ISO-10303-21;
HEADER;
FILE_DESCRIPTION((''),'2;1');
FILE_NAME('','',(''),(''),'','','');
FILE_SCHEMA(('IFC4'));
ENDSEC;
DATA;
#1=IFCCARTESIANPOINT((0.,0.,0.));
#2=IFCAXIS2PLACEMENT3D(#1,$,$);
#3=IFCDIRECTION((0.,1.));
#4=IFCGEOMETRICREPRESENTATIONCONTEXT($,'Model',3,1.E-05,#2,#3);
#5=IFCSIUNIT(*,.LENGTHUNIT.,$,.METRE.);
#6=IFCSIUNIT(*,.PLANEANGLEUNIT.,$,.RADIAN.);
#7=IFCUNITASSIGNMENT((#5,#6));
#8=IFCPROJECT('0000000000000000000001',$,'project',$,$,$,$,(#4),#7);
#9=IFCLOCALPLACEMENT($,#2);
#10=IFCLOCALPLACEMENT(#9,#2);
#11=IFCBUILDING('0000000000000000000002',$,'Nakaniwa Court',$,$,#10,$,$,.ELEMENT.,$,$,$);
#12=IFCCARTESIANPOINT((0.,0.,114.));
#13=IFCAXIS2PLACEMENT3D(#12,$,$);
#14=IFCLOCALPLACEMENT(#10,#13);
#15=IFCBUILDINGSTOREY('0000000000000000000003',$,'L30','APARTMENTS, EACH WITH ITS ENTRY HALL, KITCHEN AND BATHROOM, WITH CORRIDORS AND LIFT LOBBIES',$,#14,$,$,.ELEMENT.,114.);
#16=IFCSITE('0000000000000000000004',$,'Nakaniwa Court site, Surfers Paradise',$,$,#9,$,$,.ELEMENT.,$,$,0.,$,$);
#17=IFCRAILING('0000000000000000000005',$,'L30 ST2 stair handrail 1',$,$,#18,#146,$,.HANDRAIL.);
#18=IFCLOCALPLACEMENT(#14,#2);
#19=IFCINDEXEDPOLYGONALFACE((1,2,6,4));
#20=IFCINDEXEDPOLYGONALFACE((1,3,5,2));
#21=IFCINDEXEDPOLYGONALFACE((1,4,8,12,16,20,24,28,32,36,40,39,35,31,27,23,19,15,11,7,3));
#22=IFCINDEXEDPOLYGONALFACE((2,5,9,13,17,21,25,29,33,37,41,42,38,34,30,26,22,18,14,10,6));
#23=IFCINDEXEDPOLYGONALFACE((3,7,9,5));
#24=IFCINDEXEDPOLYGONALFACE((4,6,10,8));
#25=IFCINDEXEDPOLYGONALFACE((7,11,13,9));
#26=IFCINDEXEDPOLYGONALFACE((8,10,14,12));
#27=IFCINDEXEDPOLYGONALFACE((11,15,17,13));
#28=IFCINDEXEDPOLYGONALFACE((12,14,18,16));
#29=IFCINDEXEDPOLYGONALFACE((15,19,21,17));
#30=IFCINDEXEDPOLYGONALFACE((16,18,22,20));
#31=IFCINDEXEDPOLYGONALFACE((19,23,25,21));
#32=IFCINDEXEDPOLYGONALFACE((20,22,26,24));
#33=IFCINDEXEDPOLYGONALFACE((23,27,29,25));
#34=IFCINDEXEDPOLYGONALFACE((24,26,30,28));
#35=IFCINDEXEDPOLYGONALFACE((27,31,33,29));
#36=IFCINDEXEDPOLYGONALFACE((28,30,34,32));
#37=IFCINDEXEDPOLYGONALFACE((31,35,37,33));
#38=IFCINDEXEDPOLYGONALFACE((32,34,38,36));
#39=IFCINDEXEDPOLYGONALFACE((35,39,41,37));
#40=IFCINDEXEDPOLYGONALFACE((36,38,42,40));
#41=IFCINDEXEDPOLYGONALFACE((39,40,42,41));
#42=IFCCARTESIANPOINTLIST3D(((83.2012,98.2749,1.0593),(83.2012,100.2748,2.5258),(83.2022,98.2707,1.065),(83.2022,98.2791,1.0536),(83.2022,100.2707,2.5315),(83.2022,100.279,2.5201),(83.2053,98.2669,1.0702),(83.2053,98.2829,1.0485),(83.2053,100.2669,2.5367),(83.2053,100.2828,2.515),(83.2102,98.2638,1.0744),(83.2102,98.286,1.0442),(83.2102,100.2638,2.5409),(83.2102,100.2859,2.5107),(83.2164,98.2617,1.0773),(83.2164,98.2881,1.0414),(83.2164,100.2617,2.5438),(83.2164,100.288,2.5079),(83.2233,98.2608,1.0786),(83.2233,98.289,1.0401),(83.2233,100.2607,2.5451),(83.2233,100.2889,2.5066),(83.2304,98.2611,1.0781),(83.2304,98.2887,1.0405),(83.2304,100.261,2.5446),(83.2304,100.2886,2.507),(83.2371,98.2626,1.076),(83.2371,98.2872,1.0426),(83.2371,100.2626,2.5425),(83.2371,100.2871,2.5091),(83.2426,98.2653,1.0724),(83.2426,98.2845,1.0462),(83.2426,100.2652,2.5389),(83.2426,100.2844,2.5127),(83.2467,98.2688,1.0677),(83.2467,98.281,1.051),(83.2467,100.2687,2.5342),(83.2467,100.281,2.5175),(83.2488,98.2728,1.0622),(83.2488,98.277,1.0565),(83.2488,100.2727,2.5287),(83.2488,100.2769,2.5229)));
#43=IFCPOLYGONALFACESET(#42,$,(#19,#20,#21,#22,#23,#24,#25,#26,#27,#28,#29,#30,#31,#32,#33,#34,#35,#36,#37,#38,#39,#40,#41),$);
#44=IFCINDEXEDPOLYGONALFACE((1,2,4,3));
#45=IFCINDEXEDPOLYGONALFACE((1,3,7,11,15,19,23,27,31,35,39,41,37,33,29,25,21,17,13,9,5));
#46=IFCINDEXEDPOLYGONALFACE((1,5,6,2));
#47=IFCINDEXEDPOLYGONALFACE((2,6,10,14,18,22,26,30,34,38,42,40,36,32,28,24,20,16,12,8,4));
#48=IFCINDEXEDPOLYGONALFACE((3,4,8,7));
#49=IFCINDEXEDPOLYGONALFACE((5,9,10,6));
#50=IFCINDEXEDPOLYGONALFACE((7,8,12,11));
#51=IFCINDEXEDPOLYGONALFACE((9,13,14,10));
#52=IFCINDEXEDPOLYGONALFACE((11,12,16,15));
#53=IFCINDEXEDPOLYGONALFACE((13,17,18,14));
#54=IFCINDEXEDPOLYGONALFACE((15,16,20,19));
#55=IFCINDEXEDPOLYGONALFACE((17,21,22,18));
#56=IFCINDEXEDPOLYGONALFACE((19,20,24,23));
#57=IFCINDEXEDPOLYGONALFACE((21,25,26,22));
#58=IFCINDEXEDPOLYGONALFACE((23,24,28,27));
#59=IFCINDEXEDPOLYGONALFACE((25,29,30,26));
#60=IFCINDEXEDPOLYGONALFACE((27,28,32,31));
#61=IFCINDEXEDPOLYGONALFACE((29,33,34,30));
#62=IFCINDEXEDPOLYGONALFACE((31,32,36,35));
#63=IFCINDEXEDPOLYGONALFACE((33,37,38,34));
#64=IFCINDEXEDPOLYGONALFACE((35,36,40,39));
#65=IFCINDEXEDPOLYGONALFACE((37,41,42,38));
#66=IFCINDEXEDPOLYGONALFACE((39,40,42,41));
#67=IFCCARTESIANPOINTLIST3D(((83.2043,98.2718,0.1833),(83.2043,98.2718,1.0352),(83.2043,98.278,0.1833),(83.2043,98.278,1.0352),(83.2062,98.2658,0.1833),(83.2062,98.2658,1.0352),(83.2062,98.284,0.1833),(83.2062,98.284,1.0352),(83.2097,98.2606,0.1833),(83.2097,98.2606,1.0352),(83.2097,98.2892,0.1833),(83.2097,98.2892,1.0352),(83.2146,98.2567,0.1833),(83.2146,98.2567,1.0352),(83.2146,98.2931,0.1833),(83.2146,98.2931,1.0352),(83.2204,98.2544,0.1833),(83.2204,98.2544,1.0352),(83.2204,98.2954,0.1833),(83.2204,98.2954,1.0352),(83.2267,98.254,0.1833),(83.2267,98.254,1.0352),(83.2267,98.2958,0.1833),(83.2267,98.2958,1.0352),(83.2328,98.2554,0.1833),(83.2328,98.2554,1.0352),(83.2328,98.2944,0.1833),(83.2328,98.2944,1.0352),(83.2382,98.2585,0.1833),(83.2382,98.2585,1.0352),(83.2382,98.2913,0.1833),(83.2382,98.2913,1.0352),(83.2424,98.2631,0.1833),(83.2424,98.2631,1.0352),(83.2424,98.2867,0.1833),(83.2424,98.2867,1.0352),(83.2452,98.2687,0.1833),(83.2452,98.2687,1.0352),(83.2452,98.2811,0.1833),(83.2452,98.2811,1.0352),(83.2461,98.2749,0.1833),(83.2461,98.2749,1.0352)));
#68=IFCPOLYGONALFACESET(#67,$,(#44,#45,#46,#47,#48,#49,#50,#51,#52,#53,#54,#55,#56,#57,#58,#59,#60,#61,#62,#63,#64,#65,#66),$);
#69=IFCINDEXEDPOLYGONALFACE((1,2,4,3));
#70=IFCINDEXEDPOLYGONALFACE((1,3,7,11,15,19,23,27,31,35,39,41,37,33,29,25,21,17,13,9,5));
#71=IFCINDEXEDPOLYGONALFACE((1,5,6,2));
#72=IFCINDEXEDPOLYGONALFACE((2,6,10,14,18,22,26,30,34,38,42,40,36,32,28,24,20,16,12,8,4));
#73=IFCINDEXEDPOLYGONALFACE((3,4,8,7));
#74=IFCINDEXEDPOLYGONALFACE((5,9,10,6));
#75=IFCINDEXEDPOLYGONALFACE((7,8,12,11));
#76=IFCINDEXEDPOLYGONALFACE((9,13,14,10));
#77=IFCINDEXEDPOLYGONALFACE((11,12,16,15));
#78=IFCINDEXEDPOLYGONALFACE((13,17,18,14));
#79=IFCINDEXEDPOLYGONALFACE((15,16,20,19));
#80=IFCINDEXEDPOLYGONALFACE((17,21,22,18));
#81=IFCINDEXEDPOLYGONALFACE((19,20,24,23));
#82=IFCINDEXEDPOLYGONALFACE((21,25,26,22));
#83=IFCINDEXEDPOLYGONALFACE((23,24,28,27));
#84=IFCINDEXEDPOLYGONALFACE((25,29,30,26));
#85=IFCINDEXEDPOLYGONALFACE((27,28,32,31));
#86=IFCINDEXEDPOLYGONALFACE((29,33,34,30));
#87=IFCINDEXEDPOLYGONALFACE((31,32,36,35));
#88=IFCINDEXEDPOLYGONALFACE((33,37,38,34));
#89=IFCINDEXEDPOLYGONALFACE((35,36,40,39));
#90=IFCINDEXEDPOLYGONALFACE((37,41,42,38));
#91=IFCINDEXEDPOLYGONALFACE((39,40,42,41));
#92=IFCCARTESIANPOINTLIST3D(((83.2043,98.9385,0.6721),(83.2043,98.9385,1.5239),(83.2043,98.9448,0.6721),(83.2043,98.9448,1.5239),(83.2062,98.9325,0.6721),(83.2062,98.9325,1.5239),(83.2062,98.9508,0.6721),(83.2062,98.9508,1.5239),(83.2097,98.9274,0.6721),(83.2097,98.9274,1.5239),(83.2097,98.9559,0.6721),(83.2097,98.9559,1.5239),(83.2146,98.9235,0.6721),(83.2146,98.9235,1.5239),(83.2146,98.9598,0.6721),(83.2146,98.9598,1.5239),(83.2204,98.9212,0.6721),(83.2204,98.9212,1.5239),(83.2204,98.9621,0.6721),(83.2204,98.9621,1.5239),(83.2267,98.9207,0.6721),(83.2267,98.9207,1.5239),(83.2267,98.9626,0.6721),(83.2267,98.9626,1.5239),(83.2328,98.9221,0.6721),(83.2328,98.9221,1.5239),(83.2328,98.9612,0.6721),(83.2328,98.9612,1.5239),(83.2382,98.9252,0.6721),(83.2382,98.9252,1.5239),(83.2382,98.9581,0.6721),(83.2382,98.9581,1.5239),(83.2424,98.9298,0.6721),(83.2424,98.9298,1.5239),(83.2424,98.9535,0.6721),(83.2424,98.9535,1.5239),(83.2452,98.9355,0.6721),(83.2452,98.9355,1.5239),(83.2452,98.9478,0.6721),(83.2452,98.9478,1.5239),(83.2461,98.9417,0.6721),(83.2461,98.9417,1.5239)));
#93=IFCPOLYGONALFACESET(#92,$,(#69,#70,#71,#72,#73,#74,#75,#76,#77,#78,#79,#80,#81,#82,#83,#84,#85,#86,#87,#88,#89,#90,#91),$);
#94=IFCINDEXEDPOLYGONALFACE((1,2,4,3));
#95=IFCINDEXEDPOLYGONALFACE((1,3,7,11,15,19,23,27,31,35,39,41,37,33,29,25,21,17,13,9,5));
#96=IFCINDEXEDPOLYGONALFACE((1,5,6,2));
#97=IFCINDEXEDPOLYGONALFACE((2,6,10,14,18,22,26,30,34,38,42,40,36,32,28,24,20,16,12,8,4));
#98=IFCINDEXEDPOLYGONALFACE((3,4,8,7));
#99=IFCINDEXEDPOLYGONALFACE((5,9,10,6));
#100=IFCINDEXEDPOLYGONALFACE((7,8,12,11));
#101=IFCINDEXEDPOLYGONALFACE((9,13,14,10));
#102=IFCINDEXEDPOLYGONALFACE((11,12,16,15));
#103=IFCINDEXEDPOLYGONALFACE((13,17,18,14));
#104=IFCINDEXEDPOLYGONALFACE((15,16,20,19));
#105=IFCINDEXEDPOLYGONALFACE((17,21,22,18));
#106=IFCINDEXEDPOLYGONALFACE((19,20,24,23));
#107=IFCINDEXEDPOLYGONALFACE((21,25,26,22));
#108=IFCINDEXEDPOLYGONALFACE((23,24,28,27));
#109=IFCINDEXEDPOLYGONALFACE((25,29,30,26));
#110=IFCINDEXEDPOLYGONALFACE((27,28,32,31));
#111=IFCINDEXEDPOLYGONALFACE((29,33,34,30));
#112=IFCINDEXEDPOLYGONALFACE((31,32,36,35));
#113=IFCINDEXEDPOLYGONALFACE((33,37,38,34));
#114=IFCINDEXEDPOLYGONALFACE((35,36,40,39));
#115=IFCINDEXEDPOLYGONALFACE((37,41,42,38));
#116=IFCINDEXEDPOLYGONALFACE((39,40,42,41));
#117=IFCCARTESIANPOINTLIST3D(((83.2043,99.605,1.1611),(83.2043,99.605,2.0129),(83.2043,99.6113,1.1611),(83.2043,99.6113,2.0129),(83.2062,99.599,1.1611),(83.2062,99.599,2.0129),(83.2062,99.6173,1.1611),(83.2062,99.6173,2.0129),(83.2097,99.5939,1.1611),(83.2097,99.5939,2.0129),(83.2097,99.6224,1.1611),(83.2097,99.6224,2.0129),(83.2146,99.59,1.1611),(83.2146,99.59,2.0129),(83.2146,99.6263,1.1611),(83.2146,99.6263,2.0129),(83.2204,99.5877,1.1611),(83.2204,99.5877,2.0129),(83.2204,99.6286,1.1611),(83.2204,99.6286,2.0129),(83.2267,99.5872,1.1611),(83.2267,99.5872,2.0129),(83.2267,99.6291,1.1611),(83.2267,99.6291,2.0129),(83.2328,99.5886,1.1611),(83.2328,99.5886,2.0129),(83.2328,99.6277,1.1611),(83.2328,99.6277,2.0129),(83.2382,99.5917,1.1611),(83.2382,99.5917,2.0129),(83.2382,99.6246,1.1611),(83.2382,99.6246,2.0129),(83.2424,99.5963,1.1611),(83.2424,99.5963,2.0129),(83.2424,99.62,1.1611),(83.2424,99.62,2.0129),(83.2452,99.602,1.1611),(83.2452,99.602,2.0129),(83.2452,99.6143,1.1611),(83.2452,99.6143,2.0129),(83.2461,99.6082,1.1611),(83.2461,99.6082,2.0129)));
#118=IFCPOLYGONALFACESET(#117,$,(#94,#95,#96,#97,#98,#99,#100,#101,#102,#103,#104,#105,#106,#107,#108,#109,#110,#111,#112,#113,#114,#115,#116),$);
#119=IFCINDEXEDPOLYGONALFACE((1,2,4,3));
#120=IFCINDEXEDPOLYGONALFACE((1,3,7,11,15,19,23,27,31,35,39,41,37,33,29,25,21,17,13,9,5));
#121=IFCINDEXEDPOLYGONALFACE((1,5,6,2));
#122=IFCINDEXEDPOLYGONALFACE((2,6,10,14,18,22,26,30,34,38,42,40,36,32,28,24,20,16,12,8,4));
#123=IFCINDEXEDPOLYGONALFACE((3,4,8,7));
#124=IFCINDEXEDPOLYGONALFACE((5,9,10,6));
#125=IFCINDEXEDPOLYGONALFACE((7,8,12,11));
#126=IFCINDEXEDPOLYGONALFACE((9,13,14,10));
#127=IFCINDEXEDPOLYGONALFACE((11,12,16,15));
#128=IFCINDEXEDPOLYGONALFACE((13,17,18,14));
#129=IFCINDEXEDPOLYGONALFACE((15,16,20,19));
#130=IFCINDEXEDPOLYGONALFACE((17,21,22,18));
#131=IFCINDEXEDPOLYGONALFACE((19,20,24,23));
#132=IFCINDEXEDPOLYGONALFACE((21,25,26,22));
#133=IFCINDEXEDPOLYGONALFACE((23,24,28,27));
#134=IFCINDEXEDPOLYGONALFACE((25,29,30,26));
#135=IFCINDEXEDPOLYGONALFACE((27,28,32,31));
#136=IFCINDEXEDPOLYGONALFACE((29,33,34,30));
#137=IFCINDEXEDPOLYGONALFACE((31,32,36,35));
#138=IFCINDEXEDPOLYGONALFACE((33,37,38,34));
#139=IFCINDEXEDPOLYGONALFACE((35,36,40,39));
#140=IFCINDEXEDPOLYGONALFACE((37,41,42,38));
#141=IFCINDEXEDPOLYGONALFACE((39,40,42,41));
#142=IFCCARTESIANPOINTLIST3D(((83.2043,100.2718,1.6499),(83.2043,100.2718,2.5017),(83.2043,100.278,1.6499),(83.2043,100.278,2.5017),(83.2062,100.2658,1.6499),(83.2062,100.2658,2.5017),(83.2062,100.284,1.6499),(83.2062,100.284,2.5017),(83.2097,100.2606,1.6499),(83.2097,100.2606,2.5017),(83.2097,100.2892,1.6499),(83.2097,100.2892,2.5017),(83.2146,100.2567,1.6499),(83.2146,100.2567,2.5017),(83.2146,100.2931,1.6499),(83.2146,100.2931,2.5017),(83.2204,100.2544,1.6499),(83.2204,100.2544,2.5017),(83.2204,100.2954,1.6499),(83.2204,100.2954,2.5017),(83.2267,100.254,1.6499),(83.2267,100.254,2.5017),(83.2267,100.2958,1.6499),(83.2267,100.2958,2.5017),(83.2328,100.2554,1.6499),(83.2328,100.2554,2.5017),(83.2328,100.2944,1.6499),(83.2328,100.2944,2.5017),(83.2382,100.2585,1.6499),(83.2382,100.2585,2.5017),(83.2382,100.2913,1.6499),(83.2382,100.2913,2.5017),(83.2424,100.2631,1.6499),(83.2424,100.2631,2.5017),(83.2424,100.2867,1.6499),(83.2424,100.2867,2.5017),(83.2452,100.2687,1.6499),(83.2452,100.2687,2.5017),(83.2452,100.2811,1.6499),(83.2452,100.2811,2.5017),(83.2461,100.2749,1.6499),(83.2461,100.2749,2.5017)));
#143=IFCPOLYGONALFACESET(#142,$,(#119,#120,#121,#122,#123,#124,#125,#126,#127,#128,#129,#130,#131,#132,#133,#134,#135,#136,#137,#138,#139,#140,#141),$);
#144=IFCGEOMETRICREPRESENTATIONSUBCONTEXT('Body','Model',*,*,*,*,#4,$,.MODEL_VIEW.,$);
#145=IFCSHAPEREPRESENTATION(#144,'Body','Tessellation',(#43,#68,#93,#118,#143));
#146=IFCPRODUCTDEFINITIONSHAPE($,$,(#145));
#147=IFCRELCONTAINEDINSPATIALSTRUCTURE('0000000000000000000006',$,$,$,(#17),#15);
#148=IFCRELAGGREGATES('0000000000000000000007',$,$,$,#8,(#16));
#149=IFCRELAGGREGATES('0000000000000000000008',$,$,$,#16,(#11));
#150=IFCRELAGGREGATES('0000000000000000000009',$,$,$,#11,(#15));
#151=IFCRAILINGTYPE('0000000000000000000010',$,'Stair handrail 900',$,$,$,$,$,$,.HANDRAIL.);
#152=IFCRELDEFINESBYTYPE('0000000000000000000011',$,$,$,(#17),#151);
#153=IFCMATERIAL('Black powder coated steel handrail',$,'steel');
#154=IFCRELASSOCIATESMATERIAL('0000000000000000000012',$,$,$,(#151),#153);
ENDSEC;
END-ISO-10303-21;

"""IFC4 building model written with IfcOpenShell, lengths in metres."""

from ifc_helpers import new_model, si_unit, direction, frame, origin, origin_2d, place, context, subcontext, project, spatial, circle, extrude, material, type_object, element, save


model = new_model("IFC4")

# Units and contexts
model_context = context("Model", 3, precision=1e-05, world=origin(), true_north=direction((0.0, 1.0)))
body_context = subcontext(model_context, "Body", "Model", "MODEL_VIEW")
ifc_project = project(units=[si_unit("LENGTHUNIT", "METRE"), si_unit("PLANEANGLEUNIT", "RADIAN")], contexts=[model_context])

# Site, building, storey
site_placement = place(None, origin())
site = spatial("IfcSite", under=ifc_project, at=site_placement, Name="Nakaniwa Court site, Surfers Paradise", CompositionType="ELEMENT", RefElevation=0.0)
building_placement = place(site_placement, origin())
building = spatial("IfcBuilding", under=site, at=building_placement, Name="Nakaniwa Court", CompositionType="ELEMENT")
storey_placement = place(building_placement, frame((0.0, 0.0, 114.0)))
storey = spatial("IfcBuildingStorey", under=building, at=storey_placement, Name="L30", Description="APARTMENTS, EACH WITH ITS ENTRY HALL, KITCHEN AND BATHROOM, WITH CORRIDORS AND LIFT LOBBIES", CompositionType="ELEMENT", Elevation=114.0)

# Railing
ifc_material_1 = material(Name="Black powder coated steel handrail", Category="steel")
railing_type_1 = type_object("IfcRailingType", Name="Stair handrail 900", PredefinedType="HANDRAIL", material=ifc_material_1)
railing_1_placement = place(storey_placement, frame((83.2251, 98.2749, 0.1833)))
element("IfcRailing", 1, at=railing_1_placement, inside=storey, type_object=railing_type_1, Name="L30 ST2 stair handrail 1", PredefinedType="HANDRAIL", context=body_context, shape_type="SweptSolid", body=[
    extrude(circle(Radius=0.0239, at=origin_2d()), frame((0.0, 0.0, 0.876), z_axis=(0.0, 0.806427, 0.591334), x_axis=(-1.0, 0.0, 0.0)), (0.0, 0.0, 1.0), 2.48),
    extrude(circle(Radius=0.021, at=origin_2d()), origin(), (0.0, 0.0, 1.0), 0.8518),
    extrude(circle(Radius=0.021, at=origin_2d()), frame((0.0, 0.6667, 0.4888)), (0.0, 0.0, 1.0), 0.8518),
    extrude(circle(Radius=0.021, at=origin_2d()), frame((0.0, 1.3333, 0.9778)), (0.0, 0.0, 1.0), 0.8518),
    extrude(circle(Radius=0.021, at=origin_2d()), frame((0.0, 2.0, 1.4666)), (0.0, 0.0, 1.0), 0.8518),
])

save(model, "model.ifc")
